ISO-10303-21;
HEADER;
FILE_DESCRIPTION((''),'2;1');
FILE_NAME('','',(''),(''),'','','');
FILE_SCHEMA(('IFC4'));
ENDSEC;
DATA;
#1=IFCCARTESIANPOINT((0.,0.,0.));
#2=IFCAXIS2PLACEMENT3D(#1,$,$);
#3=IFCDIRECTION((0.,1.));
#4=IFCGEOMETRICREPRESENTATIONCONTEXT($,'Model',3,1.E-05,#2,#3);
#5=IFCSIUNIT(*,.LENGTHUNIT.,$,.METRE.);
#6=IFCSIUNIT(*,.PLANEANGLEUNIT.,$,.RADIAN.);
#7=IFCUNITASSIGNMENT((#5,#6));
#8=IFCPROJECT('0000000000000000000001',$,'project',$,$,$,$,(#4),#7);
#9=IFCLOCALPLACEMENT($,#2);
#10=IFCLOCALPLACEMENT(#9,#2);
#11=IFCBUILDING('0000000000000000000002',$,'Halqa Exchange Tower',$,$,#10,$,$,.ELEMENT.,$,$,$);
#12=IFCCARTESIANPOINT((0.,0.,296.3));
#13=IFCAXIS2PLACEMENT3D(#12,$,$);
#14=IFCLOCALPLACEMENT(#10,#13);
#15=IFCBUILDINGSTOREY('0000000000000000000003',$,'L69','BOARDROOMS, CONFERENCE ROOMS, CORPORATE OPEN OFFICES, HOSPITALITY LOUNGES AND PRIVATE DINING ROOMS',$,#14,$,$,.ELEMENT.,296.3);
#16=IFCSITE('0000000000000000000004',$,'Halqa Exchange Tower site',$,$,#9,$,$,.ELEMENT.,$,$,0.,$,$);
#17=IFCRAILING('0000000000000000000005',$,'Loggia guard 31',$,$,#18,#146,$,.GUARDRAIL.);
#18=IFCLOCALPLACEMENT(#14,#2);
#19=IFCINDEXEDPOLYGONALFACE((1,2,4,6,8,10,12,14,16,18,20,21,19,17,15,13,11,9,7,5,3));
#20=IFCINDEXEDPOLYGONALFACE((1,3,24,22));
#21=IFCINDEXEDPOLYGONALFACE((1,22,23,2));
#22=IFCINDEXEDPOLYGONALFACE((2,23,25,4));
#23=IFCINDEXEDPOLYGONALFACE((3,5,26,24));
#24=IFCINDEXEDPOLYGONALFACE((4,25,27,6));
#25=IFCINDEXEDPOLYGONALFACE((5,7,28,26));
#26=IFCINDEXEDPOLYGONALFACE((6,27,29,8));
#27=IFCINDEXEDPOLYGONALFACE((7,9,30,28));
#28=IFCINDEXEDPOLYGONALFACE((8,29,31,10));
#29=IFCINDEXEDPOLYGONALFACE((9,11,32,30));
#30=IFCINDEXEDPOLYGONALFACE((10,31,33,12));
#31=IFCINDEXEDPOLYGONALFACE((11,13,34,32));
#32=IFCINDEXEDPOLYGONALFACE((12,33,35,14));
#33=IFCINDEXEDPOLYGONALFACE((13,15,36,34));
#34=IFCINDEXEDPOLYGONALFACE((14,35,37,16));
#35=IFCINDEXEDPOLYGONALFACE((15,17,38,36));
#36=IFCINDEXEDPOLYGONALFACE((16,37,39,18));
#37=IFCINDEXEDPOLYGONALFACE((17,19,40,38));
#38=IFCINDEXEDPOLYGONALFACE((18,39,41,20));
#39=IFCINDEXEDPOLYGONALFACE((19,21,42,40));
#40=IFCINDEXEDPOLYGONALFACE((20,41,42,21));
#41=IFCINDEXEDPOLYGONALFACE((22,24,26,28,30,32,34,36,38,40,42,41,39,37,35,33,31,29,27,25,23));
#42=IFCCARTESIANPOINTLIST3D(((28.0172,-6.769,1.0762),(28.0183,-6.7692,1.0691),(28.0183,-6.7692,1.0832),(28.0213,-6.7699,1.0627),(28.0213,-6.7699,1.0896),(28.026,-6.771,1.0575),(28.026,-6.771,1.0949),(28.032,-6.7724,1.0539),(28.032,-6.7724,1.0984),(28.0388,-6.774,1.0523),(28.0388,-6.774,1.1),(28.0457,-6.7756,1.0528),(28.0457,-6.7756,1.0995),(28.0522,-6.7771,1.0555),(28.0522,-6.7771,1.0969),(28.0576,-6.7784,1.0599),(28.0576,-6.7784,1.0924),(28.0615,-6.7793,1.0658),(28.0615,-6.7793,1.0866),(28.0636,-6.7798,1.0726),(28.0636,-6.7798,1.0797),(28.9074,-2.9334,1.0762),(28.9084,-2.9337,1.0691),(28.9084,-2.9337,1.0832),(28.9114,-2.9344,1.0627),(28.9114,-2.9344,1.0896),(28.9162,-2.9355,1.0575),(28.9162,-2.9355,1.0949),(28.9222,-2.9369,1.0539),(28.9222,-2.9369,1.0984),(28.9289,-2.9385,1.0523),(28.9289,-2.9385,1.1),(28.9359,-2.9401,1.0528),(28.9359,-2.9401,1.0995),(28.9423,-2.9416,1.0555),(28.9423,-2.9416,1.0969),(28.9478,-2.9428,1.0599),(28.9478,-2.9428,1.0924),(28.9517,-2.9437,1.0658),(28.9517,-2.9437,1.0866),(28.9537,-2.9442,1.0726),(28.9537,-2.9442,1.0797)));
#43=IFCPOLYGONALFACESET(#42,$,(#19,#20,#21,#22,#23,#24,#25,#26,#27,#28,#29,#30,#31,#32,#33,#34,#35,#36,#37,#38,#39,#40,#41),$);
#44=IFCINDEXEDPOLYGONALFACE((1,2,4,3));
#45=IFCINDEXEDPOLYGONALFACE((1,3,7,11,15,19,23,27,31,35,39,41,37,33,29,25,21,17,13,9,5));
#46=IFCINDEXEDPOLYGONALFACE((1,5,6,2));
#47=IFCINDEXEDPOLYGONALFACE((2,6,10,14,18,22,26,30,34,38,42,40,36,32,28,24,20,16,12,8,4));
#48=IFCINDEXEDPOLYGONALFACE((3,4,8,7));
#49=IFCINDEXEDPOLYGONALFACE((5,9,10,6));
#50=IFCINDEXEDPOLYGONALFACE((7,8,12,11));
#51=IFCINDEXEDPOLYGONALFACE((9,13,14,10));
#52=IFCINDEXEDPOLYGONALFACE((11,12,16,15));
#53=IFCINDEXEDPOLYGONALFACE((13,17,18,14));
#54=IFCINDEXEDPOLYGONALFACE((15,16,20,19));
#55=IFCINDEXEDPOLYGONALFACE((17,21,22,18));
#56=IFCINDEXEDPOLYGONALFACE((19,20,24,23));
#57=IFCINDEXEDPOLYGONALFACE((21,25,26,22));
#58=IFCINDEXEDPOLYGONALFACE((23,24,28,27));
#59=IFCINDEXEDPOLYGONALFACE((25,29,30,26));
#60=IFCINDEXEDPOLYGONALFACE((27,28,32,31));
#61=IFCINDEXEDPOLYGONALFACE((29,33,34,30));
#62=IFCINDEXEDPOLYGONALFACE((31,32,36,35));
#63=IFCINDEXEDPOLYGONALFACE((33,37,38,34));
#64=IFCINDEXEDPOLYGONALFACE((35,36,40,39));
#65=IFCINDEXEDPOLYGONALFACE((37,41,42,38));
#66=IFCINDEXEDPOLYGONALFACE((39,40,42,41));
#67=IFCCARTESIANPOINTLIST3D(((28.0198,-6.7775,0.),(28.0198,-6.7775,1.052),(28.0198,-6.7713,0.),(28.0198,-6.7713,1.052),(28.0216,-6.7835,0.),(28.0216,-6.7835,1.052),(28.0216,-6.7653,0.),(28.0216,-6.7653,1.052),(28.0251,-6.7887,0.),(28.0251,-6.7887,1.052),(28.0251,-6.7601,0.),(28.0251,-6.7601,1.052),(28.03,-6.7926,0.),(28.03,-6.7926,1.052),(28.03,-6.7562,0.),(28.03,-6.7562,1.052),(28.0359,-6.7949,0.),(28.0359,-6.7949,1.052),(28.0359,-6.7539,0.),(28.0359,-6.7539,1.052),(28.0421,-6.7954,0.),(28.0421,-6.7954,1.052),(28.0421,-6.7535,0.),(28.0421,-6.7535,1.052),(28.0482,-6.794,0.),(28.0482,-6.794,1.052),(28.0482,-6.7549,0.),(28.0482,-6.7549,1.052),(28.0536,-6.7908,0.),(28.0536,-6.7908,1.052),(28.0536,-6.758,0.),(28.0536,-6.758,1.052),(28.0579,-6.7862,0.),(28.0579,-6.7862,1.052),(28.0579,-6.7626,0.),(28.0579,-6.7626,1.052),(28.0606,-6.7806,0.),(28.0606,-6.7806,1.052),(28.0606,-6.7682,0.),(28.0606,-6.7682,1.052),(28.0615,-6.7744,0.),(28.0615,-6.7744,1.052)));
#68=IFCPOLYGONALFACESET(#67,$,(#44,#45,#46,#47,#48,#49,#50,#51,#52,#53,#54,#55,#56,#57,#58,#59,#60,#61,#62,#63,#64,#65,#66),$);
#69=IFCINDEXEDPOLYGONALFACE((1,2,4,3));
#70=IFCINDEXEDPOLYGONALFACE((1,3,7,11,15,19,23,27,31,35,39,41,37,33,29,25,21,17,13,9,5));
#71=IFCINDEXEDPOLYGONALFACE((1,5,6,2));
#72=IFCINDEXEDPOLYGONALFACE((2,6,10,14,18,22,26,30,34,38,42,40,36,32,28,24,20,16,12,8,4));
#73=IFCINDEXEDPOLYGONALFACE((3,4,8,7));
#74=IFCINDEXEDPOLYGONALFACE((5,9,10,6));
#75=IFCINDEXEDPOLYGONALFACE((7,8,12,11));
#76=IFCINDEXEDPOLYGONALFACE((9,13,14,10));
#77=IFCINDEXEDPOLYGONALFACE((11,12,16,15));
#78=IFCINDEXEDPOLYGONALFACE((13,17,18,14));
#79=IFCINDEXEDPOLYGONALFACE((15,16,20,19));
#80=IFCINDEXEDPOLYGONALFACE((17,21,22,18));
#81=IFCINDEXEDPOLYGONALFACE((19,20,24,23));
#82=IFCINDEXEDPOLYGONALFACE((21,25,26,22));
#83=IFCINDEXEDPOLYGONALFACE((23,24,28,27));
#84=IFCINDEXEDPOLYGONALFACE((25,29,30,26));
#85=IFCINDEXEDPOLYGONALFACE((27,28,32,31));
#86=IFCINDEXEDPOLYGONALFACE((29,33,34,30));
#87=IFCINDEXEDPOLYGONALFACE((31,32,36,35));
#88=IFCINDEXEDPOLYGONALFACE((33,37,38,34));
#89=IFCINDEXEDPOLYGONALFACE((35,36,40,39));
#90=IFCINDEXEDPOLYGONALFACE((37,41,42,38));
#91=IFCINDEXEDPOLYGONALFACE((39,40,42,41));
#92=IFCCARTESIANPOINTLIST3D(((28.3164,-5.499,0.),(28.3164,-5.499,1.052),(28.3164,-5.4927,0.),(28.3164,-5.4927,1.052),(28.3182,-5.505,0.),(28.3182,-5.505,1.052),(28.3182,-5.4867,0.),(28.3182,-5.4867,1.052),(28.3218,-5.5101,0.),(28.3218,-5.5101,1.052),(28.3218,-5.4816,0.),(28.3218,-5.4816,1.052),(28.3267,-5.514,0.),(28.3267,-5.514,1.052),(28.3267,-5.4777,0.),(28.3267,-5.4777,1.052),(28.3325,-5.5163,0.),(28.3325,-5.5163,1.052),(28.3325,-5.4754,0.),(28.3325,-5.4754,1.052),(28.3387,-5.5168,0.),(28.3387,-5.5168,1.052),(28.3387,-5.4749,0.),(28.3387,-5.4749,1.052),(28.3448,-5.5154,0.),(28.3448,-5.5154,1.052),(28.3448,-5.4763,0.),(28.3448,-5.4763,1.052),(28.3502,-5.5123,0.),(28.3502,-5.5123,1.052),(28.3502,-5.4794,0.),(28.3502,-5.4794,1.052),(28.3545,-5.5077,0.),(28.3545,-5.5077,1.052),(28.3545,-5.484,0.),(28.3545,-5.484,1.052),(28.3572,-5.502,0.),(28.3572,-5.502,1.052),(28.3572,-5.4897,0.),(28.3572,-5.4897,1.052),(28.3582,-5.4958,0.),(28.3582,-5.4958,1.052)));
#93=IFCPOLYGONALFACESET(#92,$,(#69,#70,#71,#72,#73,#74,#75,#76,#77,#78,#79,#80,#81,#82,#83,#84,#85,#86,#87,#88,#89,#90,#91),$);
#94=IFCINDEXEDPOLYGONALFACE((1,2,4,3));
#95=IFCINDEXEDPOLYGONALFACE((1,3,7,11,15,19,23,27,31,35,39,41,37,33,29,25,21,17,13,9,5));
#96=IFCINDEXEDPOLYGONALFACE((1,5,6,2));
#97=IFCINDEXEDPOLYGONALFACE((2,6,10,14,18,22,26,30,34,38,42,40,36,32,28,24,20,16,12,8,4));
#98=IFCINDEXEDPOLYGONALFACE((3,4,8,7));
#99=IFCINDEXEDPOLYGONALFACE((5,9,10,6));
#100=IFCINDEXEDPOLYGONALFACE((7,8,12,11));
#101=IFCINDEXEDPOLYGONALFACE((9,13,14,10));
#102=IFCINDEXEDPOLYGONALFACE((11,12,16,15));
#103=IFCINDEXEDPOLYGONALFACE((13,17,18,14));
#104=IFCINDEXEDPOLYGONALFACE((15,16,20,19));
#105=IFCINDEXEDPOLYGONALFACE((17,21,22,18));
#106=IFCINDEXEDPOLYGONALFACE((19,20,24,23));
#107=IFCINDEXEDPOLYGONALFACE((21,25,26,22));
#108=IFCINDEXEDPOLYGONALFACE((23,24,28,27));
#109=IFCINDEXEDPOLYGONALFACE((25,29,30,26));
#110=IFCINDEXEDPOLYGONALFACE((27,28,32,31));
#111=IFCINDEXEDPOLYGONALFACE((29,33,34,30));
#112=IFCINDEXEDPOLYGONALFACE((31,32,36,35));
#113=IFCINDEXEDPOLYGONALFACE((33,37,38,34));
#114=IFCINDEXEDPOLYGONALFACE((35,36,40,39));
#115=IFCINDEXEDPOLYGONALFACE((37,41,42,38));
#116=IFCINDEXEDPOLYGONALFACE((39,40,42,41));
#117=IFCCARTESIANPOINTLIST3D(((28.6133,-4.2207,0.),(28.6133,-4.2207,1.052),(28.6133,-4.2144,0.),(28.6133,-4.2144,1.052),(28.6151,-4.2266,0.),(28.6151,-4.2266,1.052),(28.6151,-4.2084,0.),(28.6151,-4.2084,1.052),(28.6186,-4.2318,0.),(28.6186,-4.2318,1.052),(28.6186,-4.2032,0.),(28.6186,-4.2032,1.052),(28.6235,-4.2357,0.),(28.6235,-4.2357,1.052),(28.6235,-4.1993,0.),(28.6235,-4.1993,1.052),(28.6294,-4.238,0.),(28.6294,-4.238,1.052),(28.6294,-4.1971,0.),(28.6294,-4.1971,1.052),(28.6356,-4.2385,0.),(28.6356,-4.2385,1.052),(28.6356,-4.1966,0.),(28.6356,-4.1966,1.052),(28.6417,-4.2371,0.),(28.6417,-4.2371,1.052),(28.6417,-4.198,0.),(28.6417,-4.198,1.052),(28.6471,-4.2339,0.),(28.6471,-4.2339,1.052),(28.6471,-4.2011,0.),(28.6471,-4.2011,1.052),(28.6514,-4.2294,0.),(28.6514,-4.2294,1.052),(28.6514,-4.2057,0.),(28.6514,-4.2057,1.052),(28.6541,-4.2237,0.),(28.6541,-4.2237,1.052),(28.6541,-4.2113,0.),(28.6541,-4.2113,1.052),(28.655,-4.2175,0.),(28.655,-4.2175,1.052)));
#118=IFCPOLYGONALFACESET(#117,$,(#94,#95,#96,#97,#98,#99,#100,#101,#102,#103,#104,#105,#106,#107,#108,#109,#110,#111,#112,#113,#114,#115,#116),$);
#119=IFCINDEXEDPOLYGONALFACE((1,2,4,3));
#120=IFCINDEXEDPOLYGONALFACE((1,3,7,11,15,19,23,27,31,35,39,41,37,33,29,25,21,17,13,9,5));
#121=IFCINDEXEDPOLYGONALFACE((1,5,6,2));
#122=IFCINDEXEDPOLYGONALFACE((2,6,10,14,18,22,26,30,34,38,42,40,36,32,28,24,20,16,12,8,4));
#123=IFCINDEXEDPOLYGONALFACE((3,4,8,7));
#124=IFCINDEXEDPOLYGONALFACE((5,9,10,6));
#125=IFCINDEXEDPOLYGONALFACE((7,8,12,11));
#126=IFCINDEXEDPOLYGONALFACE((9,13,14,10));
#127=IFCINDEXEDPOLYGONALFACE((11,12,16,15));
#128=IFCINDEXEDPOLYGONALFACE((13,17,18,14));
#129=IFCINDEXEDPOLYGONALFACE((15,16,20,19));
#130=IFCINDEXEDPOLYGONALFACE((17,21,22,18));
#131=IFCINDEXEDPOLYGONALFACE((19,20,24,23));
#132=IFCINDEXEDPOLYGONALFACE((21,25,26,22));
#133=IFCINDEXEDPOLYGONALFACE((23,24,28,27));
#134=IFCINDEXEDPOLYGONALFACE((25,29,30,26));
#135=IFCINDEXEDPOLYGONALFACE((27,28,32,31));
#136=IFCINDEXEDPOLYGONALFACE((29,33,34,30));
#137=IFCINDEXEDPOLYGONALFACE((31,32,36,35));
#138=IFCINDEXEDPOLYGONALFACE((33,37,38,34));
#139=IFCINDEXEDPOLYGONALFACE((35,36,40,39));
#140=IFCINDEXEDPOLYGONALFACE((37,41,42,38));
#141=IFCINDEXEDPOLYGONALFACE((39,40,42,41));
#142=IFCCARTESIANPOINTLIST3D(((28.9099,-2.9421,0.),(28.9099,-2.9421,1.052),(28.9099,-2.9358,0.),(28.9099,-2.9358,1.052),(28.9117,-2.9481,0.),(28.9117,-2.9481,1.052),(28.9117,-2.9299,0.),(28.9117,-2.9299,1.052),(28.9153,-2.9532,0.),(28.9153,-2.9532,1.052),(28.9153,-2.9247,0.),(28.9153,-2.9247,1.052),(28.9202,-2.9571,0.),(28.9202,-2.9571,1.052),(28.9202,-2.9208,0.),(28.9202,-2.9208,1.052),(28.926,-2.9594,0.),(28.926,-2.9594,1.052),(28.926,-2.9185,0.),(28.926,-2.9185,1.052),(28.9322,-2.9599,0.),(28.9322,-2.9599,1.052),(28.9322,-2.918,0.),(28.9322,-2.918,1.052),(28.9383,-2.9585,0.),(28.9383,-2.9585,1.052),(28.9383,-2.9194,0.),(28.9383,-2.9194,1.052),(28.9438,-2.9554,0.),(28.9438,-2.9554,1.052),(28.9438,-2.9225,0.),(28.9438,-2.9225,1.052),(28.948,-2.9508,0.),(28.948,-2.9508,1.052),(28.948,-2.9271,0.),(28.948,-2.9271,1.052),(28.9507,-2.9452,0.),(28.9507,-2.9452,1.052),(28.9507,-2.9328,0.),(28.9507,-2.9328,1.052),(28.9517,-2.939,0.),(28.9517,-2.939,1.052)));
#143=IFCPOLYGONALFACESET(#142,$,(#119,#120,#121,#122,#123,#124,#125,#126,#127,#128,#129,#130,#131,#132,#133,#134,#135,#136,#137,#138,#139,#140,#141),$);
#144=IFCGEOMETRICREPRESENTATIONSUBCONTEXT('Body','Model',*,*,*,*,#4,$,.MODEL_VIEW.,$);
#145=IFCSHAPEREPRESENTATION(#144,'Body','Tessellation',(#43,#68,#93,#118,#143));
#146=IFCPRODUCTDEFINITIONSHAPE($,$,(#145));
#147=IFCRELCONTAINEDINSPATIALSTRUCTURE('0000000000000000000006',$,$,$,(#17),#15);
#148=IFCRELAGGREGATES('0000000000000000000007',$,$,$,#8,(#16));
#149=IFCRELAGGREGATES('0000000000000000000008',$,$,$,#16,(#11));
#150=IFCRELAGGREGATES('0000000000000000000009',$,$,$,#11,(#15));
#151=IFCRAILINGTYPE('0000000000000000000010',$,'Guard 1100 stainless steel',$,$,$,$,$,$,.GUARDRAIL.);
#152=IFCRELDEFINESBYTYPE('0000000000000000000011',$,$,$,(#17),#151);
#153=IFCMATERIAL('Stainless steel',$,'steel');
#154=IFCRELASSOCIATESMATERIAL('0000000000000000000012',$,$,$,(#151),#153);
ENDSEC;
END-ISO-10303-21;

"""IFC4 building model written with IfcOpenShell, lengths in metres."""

from ifc_helpers import new_model, si_unit, direction, frame, origin, origin_2d, place, context, subcontext, project, spatial, circle, extrude, material, type_object, element, save


model = new_model("IFC4")

# Units and contexts
model_context = context("Model", 3, precision=1e-05, world=origin(), true_north=direction((0.0, 1.0)))
body_context = subcontext(model_context, "Body", "Model", "MODEL_VIEW")
ifc_project = project(units=[si_unit("LENGTHUNIT", "METRE"), si_unit("PLANEANGLEUNIT", "RADIAN")], contexts=[model_context])

# Site, building, storey
site_placement = place(None, origin())
site = spatial("IfcSite", under=ifc_project, at=site_placement, Name="Halqa Exchange Tower site", CompositionType="ELEMENT", RefElevation=0.0)
building_placement = place(site_placement, origin())
building = spatial("IfcBuilding", under=site, at=building_placement, Name="Halqa Exchange Tower", CompositionType="ELEMENT")
storey_placement = place(building_placement, frame((0.0, 0.0, 296.3)))
storey = spatial("IfcBuildingStorey", under=building, at=storey_placement, Name="L69", Description="BOARDROOMS, CONFERENCE ROOMS, CORPORATE OPEN OFFICES, HOSPITALITY LOUNGES AND PRIVATE DINING ROOMS", CompositionType="ELEMENT", Elevation=296.3)

# Railing
ifc_material_1 = material(Name="Stainless steel", Category="steel")
railing_type = type_object("IfcRailingType", Name="Guard 1100 stainless steel", PredefinedType="GUARDRAIL", material=ifc_material_1)
railing_1_placement = place(storey_placement, frame((28.0405, -6.7744, 0.0)))
element("IfcRailing", 1, at=railing_1_placement, inside=storey, type_object=railing_type, Name="Loggia guard 31", PredefinedType="GUARDRAIL", context=body_context, shape_type="SweptSolid", body=[
    extrude(circle(Radius=0.0239, at=origin_2d()), frame((0.0, 0.0, 1.0762), z_axis=(0.226073, 0.97411, 0.0), x_axis=(-0.97411, 0.226073, 0.0)), (0.0, 0.0, 1.0), 3.9375),
    extrude(circle(Radius=0.021, at=origin_2d()), origin(), (0.0, 0.0, 1.0), 1.052),
    extrude(circle(Radius=0.021, at=origin_2d()), frame((0.2966, 1.2786, 0.0)), (0.0, 0.0, 1.0), 1.052),
    extrude(circle(Radius=0.021, at=origin_2d()), frame((0.5935, 2.5569, 0.0)), (0.0, 0.0, 1.0), 1.052),
    extrude(circle(Radius=0.021, at=origin_2d()), frame((0.8901, 3.8354, 0.0)), (0.0, 0.0, 1.0), 1.052),
])

save(model, "model.ifc")
